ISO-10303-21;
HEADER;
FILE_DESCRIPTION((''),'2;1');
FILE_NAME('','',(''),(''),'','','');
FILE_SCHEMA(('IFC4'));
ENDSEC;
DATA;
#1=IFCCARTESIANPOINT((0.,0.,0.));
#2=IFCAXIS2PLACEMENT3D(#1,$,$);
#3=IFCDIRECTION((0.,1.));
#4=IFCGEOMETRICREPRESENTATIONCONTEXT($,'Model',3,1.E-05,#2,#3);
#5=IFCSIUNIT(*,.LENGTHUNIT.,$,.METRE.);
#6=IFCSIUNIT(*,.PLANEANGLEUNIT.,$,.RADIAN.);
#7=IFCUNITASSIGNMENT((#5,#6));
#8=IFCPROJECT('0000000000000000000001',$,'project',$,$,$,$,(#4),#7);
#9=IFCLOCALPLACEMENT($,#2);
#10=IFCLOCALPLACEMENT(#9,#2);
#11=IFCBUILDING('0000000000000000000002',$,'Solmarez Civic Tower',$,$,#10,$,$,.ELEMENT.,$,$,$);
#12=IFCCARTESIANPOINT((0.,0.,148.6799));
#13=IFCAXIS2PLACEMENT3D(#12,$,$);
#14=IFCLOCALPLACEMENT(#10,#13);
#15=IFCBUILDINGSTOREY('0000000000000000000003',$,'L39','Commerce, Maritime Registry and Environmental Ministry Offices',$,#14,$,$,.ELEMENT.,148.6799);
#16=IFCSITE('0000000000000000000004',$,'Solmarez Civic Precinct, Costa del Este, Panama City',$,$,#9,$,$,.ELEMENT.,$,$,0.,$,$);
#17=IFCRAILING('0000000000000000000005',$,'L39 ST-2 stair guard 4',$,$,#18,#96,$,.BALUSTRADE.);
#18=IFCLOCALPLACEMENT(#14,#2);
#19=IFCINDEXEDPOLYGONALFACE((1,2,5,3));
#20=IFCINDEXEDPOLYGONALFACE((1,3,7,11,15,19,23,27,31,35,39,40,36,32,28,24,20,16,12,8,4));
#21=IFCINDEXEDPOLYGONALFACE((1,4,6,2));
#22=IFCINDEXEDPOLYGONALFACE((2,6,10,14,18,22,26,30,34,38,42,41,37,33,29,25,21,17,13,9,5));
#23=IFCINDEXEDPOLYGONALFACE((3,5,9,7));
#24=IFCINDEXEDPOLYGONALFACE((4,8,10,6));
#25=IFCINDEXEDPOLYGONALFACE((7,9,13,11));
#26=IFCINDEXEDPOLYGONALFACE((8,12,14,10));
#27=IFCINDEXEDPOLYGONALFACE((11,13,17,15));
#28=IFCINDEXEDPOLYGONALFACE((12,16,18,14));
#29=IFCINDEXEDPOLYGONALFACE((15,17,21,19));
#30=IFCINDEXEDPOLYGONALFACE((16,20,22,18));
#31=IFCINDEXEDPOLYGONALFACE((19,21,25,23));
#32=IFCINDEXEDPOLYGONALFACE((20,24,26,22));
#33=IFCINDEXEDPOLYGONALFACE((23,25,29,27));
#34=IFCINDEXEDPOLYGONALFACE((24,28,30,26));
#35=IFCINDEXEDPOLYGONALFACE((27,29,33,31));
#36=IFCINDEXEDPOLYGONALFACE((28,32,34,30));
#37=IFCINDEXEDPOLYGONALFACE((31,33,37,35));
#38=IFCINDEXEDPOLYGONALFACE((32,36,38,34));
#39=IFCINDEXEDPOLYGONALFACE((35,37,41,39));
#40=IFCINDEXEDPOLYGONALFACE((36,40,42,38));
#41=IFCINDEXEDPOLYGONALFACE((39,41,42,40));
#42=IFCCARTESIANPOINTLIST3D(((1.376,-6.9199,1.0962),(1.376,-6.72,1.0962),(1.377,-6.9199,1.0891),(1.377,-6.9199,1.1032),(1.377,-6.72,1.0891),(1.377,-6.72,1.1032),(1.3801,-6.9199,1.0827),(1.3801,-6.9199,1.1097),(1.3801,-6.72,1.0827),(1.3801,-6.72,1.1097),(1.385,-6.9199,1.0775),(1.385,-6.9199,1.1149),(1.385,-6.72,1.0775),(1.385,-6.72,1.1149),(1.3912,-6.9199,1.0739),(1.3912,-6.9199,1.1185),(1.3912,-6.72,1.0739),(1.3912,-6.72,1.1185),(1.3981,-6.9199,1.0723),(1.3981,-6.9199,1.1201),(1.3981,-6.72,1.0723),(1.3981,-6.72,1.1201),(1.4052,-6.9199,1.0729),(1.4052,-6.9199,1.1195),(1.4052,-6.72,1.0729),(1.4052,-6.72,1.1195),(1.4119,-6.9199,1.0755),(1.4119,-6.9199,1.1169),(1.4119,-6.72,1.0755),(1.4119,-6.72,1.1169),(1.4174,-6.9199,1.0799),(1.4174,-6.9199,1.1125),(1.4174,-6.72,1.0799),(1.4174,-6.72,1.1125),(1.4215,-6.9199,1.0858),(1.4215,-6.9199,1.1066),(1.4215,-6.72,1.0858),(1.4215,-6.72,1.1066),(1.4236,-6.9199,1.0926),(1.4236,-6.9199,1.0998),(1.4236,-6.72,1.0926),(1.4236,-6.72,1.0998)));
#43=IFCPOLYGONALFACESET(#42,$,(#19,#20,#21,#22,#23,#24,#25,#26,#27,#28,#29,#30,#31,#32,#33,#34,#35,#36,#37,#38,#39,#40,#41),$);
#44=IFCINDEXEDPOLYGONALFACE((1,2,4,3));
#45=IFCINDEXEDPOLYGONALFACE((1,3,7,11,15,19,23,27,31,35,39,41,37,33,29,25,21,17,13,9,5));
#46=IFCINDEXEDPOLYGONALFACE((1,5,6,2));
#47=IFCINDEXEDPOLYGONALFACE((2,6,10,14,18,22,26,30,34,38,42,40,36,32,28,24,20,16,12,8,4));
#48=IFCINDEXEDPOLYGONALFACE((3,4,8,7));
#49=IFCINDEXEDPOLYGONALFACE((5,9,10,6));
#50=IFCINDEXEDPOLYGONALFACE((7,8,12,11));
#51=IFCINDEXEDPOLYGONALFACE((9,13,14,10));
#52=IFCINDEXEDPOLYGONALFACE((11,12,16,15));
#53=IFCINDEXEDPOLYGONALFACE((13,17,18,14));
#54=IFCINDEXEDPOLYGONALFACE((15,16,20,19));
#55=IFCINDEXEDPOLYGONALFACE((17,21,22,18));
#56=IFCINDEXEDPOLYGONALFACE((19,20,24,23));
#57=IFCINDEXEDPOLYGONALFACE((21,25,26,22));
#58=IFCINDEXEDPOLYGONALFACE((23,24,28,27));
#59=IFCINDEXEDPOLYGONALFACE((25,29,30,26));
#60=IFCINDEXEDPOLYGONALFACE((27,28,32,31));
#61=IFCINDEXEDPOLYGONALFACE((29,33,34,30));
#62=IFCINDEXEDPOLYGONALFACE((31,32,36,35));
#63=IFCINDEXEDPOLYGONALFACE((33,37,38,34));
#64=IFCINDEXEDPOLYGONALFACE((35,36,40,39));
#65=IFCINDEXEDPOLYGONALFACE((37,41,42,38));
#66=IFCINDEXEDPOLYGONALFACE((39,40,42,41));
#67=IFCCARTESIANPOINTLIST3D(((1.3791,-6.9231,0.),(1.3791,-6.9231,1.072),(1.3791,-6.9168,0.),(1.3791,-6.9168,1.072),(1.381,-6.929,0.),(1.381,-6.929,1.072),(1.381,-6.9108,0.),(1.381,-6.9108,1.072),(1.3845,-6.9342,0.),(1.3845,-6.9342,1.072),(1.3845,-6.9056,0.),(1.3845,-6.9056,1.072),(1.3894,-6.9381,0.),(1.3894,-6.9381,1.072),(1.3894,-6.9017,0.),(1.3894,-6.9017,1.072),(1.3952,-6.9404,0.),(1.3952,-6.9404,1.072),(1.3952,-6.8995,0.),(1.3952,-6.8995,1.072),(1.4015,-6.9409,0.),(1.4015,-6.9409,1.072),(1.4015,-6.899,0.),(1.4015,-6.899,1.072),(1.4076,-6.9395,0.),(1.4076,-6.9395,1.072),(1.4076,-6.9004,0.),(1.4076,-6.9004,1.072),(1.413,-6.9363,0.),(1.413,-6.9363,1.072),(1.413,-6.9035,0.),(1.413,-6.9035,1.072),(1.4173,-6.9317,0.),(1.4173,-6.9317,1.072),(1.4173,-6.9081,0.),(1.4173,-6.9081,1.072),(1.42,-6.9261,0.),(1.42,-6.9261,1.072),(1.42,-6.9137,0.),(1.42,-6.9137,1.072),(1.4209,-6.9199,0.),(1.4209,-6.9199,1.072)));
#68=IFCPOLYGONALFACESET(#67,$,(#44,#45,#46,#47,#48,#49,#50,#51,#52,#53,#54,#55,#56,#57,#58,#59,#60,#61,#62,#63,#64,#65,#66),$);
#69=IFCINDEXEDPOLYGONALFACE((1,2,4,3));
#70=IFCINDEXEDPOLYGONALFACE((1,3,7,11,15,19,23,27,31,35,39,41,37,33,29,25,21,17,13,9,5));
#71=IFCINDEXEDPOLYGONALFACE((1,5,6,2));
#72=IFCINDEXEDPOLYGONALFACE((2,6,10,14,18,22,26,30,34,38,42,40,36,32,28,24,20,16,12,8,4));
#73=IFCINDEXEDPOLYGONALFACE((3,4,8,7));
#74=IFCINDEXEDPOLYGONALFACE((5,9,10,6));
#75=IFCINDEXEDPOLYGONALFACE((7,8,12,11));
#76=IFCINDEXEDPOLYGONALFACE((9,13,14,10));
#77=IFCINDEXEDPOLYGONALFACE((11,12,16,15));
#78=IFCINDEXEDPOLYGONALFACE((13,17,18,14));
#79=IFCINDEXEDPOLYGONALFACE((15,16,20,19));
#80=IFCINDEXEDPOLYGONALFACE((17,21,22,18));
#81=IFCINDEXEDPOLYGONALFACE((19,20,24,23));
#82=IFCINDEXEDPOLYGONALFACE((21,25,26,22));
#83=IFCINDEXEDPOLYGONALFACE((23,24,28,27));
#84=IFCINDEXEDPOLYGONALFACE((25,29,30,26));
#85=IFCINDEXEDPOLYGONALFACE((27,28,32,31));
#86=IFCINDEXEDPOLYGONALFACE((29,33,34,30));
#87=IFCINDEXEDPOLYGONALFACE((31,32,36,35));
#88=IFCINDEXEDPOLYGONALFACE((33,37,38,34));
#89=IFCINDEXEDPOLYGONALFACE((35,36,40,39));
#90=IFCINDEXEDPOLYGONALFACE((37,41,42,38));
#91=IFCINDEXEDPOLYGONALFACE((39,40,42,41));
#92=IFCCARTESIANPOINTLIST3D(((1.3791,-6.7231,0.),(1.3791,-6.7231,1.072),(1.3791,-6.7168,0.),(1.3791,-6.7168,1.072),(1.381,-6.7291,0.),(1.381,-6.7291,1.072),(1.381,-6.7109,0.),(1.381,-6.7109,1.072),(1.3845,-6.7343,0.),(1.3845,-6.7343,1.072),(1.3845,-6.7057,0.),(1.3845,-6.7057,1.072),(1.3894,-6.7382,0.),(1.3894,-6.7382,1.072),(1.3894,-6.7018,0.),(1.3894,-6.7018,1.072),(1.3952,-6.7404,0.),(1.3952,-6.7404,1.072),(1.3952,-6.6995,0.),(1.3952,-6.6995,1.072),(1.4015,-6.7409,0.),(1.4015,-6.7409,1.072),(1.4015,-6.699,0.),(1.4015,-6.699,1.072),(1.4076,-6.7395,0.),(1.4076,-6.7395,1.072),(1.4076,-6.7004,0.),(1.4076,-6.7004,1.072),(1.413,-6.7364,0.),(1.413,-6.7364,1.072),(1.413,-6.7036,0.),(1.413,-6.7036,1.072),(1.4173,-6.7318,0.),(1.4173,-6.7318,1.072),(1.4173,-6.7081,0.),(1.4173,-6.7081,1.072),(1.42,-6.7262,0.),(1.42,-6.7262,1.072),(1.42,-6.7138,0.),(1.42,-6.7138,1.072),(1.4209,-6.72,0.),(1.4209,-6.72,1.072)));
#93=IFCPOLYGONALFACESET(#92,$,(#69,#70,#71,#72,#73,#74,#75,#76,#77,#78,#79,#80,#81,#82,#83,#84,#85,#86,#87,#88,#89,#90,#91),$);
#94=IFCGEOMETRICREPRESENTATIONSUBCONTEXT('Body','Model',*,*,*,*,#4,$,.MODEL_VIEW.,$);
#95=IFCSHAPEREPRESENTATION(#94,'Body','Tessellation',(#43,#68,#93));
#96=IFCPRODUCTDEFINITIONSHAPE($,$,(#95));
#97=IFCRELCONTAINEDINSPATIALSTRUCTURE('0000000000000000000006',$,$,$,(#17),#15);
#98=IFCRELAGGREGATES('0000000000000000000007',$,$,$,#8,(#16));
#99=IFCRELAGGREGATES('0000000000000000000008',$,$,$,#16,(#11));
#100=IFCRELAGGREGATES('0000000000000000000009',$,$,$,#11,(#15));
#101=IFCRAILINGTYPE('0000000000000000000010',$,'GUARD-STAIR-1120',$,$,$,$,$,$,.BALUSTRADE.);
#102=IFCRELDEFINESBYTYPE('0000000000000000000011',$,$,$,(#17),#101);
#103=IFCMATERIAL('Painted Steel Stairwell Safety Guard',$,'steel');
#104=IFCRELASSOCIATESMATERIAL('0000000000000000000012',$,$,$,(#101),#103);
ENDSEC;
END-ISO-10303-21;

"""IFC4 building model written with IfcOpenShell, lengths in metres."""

from ifc_helpers import new_model, si_unit, direction, frame, origin, origin_2d, place, context, subcontext, project, spatial, circle, extrude, material, type_object, element, save


model = new_model("IFC4")

# Units and contexts
model_context = context("Model", 3, precision=1e-05, world=origin(), true_north=direction((0.0, 1.0)))
body_context = subcontext(model_context, "Body", "Model", "MODEL_VIEW")
ifc_project = project(units=[si_unit("LENGTHUNIT", "METRE"), si_unit("PLANEANGLEUNIT", "RADIAN")], contexts=[model_context])

# Site, building, storey
site_placement = place(None, origin())
site = spatial("IfcSite", under=ifc_project, at=site_placement, Name="Solmarez Civic Precinct, Costa del Este, Panama City", CompositionType="ELEMENT", RefElevation=0.0)
building_placement = place(site_placement, origin())
building = spatial("IfcBuilding", under=site, at=building_placement, Name="Solmarez Civic Tower", CompositionType="ELEMENT")
storey_placement = place(building_placement, frame((0.0, 0.0, 148.6799)))
storey = spatial("IfcBuildingStorey", under=building, at=storey_placement, Name="L39", Description="Commerce, Maritime Registry and Environmental Ministry Offices", CompositionType="ELEMENT", Elevation=148.6799)

# Railing
ifc_material_1 = material(Name="Painted Steel Stairwell Safety Guard", Category="steel")
railing_type_1 = type_object("IfcRailingType", Name="GUARD-STAIR-1120", PredefinedType="BALUSTRADE", material=ifc_material_1)
railing_1_placement = place(storey_placement, frame((1.3999, -6.9199, 0.0)))
element("IfcRailing", 1, at=railing_1_placement, inside=storey, type_object=railing_type_1, Name="L39 ST-2 stair guard 4", PredefinedType="BALUSTRADE", context=body_context, shape_type="SweptSolid", body=[
    extrude(circle(Radius=0.0239, at=origin_2d()), frame((0.0, 0.0, 1.0962), z_axis=(0.0, 1.0, 0.0), x_axis=(-1.0, 0.0, 0.0)), (0.0, 0.0, 1.0), 0.2),
    extrude(circle(Radius=0.021, at=origin_2d()), origin(), (0.0, 0.0, 1.0), 1.072),
    extrude(circle(Radius=0.021, at=origin_2d()), frame((0.0, 0.2, 0.0)), (0.0, 0.0, 1.0), 1.072),
])

save(model, "model.ifc")
